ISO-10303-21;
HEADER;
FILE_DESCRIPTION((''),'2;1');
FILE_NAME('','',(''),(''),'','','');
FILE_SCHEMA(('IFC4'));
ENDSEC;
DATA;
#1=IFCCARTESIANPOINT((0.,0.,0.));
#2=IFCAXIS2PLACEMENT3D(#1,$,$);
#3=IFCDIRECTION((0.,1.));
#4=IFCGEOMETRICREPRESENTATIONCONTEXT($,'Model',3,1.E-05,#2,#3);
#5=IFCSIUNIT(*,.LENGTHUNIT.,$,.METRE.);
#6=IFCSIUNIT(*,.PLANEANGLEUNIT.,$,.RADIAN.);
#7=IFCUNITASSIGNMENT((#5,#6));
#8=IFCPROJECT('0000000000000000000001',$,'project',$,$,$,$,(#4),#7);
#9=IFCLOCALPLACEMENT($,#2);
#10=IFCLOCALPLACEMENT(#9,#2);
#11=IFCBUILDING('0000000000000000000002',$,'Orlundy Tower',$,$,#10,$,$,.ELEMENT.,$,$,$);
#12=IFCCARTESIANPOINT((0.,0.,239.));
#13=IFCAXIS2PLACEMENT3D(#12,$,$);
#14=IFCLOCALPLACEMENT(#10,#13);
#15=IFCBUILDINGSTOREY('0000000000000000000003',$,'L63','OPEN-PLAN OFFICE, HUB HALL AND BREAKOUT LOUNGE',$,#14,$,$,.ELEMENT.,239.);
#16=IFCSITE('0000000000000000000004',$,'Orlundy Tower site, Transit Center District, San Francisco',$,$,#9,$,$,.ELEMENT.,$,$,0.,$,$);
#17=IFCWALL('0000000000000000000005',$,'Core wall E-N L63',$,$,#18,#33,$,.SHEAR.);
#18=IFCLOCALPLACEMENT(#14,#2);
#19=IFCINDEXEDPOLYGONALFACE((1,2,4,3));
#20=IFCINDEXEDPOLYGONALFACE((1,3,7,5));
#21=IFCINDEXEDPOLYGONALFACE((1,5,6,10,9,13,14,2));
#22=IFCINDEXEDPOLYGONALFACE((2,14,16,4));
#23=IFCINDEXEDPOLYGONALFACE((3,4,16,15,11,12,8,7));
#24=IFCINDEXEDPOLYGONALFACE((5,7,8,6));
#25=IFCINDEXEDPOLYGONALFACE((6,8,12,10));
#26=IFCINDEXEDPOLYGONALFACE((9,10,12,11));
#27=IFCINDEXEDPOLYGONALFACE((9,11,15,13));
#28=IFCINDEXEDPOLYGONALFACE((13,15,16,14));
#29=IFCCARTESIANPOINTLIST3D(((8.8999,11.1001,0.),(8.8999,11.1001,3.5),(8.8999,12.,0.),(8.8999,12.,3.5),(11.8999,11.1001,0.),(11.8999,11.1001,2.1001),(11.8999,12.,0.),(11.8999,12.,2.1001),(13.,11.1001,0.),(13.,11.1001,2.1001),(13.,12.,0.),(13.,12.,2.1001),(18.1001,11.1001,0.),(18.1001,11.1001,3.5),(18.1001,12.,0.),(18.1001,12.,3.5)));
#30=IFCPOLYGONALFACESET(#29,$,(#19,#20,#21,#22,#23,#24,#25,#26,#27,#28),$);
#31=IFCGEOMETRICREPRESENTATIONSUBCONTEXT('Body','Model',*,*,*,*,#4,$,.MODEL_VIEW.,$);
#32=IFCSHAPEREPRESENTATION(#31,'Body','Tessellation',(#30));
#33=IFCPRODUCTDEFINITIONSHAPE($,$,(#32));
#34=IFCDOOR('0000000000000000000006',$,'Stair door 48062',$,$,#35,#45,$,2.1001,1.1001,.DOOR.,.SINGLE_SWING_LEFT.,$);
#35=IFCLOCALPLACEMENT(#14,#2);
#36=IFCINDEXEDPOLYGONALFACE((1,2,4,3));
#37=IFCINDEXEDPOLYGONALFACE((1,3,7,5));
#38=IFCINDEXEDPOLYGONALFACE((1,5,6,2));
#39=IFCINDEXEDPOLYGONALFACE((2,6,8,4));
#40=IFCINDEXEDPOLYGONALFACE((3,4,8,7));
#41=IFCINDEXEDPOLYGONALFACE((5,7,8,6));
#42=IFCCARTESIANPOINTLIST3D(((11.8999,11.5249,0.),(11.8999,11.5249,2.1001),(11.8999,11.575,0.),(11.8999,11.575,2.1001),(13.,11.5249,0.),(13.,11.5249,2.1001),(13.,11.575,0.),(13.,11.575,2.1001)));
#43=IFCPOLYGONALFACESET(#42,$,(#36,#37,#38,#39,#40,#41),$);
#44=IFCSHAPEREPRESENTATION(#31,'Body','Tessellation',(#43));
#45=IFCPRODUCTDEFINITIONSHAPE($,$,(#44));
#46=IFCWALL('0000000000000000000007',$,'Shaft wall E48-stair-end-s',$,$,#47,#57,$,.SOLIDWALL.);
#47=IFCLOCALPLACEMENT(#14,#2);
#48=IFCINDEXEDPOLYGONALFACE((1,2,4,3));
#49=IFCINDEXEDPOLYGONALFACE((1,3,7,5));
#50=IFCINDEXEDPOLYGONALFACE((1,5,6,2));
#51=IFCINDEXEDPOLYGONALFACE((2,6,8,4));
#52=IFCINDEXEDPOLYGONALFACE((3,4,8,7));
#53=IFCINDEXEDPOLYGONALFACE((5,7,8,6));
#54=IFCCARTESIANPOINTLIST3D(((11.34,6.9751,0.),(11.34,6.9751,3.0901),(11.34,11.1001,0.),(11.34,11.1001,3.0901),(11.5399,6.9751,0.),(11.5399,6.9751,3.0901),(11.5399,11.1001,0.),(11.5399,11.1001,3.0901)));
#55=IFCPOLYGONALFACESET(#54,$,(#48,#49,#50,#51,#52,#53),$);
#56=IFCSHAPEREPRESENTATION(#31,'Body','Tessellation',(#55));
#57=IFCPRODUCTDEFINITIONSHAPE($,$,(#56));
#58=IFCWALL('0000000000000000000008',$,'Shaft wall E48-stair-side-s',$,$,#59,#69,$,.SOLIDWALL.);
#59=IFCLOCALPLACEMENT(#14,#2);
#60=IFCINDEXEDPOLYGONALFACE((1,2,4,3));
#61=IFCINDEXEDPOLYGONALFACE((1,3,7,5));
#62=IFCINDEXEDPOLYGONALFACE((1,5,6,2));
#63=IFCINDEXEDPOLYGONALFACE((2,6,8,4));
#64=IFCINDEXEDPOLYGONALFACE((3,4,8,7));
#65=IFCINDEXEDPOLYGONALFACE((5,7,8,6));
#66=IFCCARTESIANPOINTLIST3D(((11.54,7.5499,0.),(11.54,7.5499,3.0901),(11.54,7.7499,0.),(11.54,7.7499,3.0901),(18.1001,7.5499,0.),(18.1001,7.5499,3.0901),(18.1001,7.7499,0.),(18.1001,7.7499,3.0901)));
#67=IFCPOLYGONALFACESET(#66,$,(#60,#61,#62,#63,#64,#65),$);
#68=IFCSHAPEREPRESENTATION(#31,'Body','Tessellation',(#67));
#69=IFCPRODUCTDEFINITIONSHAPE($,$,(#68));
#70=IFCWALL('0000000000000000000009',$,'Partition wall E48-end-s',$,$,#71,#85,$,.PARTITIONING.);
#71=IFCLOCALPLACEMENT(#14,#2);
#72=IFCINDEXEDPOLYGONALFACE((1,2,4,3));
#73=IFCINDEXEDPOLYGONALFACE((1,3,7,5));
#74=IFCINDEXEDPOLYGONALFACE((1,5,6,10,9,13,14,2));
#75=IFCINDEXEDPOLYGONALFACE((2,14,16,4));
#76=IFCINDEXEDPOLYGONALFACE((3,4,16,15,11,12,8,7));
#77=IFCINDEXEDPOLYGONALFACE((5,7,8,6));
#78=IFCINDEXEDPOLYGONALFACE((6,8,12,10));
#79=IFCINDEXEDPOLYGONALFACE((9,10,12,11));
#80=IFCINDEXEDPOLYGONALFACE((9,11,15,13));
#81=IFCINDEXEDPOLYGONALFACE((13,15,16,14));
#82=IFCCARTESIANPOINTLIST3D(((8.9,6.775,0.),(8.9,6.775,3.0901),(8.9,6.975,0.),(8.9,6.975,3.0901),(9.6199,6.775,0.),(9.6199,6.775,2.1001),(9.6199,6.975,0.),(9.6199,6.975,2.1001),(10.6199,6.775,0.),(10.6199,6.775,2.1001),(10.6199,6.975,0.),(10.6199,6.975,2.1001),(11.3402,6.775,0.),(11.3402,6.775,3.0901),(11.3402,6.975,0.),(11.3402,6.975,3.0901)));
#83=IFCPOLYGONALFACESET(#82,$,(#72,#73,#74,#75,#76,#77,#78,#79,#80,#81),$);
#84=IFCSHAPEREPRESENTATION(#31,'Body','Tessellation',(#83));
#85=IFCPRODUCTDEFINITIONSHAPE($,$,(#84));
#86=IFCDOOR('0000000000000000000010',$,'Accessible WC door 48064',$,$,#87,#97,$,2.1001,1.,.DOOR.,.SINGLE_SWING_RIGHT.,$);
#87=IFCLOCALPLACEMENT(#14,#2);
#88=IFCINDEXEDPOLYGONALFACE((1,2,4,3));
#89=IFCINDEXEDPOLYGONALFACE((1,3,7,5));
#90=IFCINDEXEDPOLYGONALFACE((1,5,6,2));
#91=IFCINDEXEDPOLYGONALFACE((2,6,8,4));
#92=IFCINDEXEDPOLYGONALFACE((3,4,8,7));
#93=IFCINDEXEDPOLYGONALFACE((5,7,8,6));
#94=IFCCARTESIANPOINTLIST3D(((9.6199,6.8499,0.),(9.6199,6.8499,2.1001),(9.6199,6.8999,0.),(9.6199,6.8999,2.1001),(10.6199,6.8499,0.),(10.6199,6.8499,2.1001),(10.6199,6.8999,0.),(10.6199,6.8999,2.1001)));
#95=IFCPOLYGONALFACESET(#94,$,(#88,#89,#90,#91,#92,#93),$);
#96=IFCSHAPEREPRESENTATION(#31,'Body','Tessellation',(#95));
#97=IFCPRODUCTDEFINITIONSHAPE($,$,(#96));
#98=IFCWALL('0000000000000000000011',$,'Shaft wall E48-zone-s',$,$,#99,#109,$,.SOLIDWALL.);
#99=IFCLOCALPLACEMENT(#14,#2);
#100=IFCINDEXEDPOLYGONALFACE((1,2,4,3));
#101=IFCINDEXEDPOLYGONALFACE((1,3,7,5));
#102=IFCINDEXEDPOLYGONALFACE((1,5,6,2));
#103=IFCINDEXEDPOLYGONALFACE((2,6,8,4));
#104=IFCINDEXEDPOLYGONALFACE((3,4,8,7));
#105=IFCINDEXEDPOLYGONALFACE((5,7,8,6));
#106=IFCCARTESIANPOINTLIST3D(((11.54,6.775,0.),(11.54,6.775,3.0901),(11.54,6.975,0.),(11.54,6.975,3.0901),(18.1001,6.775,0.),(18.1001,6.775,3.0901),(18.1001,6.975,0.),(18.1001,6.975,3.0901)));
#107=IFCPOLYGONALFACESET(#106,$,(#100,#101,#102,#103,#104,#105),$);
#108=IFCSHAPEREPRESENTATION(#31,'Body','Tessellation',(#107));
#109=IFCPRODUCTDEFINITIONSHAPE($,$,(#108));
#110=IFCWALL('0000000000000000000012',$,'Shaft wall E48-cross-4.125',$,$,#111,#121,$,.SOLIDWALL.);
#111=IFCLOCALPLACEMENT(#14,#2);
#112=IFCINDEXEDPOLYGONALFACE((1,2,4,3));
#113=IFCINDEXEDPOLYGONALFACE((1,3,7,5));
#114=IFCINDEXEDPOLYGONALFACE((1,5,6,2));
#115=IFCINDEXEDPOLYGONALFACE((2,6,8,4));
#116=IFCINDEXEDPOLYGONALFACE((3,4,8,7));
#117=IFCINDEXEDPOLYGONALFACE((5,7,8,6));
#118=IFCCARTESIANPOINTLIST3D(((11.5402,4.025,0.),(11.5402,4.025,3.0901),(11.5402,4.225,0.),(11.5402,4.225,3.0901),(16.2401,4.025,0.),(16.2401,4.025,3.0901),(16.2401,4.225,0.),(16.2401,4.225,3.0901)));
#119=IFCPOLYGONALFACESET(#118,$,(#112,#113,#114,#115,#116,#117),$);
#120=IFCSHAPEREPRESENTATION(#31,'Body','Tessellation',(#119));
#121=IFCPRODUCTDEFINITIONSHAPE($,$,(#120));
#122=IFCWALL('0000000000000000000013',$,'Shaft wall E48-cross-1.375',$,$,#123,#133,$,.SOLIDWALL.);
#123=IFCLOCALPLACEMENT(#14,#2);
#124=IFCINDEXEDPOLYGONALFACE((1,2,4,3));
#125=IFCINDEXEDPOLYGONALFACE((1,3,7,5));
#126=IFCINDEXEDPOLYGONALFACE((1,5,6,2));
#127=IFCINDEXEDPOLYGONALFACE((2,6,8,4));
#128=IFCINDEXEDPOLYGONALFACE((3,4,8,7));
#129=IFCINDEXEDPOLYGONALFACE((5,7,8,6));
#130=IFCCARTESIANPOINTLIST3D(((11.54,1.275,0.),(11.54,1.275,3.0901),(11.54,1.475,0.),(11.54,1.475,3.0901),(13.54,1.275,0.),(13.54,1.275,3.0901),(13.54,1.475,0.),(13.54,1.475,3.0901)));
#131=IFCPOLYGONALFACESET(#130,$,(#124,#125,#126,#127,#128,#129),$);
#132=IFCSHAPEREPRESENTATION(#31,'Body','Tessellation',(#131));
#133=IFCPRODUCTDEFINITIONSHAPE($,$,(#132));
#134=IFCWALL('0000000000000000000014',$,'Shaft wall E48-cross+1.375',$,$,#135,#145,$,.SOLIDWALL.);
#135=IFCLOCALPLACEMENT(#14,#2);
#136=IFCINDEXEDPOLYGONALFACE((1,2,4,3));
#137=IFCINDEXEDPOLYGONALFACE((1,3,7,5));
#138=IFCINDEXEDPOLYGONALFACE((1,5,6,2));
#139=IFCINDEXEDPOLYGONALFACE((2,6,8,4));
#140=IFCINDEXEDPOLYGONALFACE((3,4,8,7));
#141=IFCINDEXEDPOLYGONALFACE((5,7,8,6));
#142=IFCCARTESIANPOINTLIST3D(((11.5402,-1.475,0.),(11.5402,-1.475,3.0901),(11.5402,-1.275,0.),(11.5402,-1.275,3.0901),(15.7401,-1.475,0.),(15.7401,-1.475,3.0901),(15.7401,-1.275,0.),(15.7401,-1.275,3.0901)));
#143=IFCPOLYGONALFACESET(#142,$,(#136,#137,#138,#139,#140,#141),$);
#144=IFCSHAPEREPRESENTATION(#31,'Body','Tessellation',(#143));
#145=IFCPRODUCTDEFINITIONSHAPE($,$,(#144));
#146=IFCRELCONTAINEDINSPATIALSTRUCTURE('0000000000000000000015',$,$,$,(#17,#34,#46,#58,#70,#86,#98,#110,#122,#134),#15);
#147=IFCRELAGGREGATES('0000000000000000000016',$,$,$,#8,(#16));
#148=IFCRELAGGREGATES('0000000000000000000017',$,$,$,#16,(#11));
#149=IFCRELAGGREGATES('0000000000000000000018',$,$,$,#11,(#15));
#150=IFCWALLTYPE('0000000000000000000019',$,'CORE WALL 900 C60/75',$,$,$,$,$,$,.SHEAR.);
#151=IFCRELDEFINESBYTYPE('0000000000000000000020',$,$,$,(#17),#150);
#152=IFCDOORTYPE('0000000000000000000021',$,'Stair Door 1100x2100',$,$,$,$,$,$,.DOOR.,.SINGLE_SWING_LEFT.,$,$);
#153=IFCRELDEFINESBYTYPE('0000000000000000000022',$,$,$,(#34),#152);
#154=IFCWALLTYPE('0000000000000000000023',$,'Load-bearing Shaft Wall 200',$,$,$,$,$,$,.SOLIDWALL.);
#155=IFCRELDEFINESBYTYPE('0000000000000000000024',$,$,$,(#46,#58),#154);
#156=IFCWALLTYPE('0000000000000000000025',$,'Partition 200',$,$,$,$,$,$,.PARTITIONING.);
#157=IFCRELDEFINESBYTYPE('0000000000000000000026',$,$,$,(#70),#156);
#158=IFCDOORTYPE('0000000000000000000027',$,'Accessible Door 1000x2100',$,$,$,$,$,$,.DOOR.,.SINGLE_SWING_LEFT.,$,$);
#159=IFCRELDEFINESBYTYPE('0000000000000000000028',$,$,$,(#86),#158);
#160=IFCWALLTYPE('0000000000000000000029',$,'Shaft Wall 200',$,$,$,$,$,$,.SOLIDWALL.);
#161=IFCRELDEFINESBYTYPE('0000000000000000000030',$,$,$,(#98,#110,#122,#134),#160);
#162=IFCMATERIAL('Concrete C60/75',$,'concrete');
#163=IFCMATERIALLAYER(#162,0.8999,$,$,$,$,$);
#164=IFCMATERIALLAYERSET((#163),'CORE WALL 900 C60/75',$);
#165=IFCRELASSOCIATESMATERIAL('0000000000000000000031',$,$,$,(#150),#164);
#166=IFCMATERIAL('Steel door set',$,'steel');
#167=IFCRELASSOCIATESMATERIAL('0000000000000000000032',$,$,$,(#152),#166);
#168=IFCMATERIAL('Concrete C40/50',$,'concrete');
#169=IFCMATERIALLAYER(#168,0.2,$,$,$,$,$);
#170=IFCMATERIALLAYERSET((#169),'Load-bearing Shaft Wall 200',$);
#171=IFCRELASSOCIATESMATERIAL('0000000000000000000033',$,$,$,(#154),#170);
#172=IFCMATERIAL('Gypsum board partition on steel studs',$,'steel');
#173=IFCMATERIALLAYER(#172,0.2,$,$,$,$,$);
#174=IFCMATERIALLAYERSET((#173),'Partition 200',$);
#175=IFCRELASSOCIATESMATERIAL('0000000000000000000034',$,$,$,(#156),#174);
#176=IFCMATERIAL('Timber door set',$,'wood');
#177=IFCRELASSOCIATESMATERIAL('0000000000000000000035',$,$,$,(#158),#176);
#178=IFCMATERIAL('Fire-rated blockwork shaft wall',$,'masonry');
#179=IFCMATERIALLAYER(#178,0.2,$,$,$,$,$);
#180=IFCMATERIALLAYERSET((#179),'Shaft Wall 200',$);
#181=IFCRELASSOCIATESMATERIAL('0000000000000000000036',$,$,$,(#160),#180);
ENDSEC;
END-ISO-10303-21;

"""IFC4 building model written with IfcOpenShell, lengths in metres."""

from ifc_helpers import new_model, si_unit, direction, frame, frame_2d, origin, place, context, subcontext, project, spatial, rectangle, extrude, material, layer, layer_set, type_object, element, fill, save


model = new_model("IFC4")

# Units and contexts
model_context = context("Model", 3, precision=1e-05, world=origin(), true_north=direction((0.0, 1.0)))
body_context = subcontext(model_context, "Body", "Model", "MODEL_VIEW")
ifc_project = project(units=[si_unit("LENGTHUNIT", "METRE"), si_unit("PLANEANGLEUNIT", "RADIAN")], contexts=[model_context])

# Site, building, storey
site_placement = place(None, origin())
site = spatial("IfcSite", under=ifc_project, at=site_placement, Name="Orlundy Tower site, Transit Center District, San Francisco", CompositionType="ELEMENT", RefElevation=0.0)
building_placement = place(site_placement, origin())
building = spatial("IfcBuilding", under=site, at=building_placement, Name="Orlundy Tower", CompositionType="ELEMENT")
storey_placement = place(building_placement, frame((0.0, 0.0, 239.0)))
storey = spatial("IfcBuildingStorey", under=building, at=storey_placement, Name="L63", Description="OPEN-PLAN OFFICE, HUB HALL AND BREAKOUT LOUNGE", CompositionType="ELEMENT", Elevation=239.0)

# Wall, opening, door
ifc_material_1 = material(Name="Concrete C60/75", Category="concrete")
ifc_layer_1 = layer(ifc_material_1, 0.8999)
ifc_layer_set_1 = layer_set([ifc_layer_1], Name="CORE WALL 900 C60/75")
wall_type_1 = type_object("IfcWallType", Name="CORE WALL 900 C60/75", PredefinedType="SHEAR", material=ifc_layer_set_1)
wall_1_placement = place(storey_placement, frame((8.8999, 11.55, 0.0), z_axis=(0.0, 0.0, 1.0), x_axis=(1.0, 0.0, 0.0)))
wall_1 = element("IfcWall", 1, at=wall_1_placement, inside=storey, type_object=wall_type_1, Name="Core wall E-N L63", PredefinedType="SHEAR", context=body_context, shape_type="SweptSolid", body=[
    extrude(rectangle(XDim=9.2002, YDim=0.8999, at=frame_2d((4.6001, 0.0))), origin(), (0.0, 0.0, 1.0), 3.5),
])
opening_1_placement = place(wall_1_placement, frame((3.0, 0.0, 0.0)))
opening_1 = element("IfcOpeningElement", 2, at=opening_1_placement, cuts=wall_1, PredefinedType="OPENING", context=body_context, shape_type="SweptSolid", body=[
    extrude(rectangle(XDim=1.1001, YDim=2.1001, at=frame_2d((0.55, 1.05))), frame((0.0, 0.46, 0.0), z_axis=(0.0, -1.0, 0.0), x_axis=(1.0, 0.0, 0.0)), (0.0, 0.0, 1.0), 0.9199),
])
ifc_material_2 = material(Name="Steel door set", Category="steel")
door_type_1 = type_object("IfcDoorType", Name="Stair Door 1100x2100", OperationType="SINGLE_SWING_LEFT", PredefinedType="DOOR", material=ifc_material_2)
door_1_placement = place(opening_1_placement, origin())
door_1 = element("IfcDoor", 3, at=door_1_placement, inside=storey, type_object=door_type_1, Name="Stair door 48062", OperationType="SINGLE_SWING_LEFT", OverallHeight=2.1001, OverallWidth=1.1001, PredefinedType="DOOR", context=body_context, shape_type="SweptSolid", body=[
    extrude(rectangle(XDim=1.1001, YDim=2.1001, at=frame_2d((0.55, 1.05))), frame((0.0, 0.0249, 0.0), z_axis=(0.0, -1.0, 0.0), x_axis=(1.0, 0.0, 0.0)), (0.0, 0.0, 1.0), 0.05),
])
fill(opening_1, door_1)

# Walls
ifc_material_3 = material(Name="Concrete C40/50", Category="concrete")
ifc_layer_2 = layer(ifc_material_3, 0.2)
ifc_layer_set_2 = layer_set([ifc_layer_2], Name="Load-bearing Shaft Wall 200")
wall_type_2 = type_object("IfcWallType", Name="Load-bearing Shaft Wall 200", PredefinedType="SOLIDWALL", material=ifc_layer_set_2)
wall_2_placement = place(storey_placement, frame((11.4399, 11.1001, 0.0), z_axis=(0.0, 0.0, 1.0), x_axis=(0.0, -1.0, 0.0)))
element("IfcWall", 4, at=wall_2_placement, inside=storey, type_object=wall_type_2, Name="Shaft wall E48-stair-end-s", PredefinedType="SOLIDWALL", context=body_context, shape_type="SweptSolid", body=[
    extrude(rectangle(XDim=4.125, YDim=0.2, at=frame_2d((2.0625, 0.0))), origin(), (0.0, 0.0, 1.0), 3.0901),
])
wall_3_placement = place(storey_placement, frame((11.54, 7.6499, 0.0), z_axis=(0.0, 0.0, 1.0), x_axis=(1.0, 0.0, 0.0)))
element("IfcWall", 5, at=wall_3_placement, inside=storey, type_object=wall_type_2, Name="Shaft wall E48-stair-side-s", PredefinedType="SOLIDWALL", context=body_context, shape_type="SweptSolid", body=[
    extrude(rectangle(XDim=6.5601, YDim=0.2, at=frame_2d((3.28, 0.0))), origin(), (0.0, 0.0, 1.0), 3.0901),
])

# Wall, opening, door
ifc_material_4 = material(Name="Gypsum board partition on steel studs", Category="steel")
ifc_layer_3 = layer(ifc_material_4, 0.2)
ifc_layer_set_3 = layer_set([ifc_layer_3], Name="Partition 200")
wall_type_3 = type_object("IfcWallType", Name="Partition 200", PredefinedType="PARTITIONING", material=ifc_layer_set_3)
wall_4_placement = place(storey_placement, frame((8.8999, 6.875, 0.0), z_axis=(0.0, 0.0, 1.0), x_axis=(1.0, 0.0, 0.0)))
wall_4 = element("IfcWall", 6, at=wall_4_placement, inside=storey, type_object=wall_type_3, Name="Partition wall E48-end-s", PredefinedType="PARTITIONING", context=body_context, shape_type="SweptSolid", body=[
    extrude(rectangle(XDim=2.4402, YDim=0.2, at=frame_2d((1.2202, 0.0))), origin(), (0.0, 0.0, 1.0), 3.0901),
])
opening_2_placement = place(wall_4_placement, frame((0.72, 0.0, 0.0)))
opening_2 = element("IfcOpeningElement", 7, at=opening_2_placement, cuts=wall_4, PredefinedType="OPENING", context=body_context, shape_type="SweptSolid", body=[
    extrude(rectangle(XDim=1.0, YDim=2.1001, at=frame_2d((0.5, 1.05))), frame((0.0, 0.1101, 0.0), z_axis=(0.0, -1.0, 0.0), x_axis=(1.0, 0.0, 0.0)), (0.0, 0.0, 1.0), 0.2202),
])
ifc_material_5 = material(Name="Timber door set", Category="wood")
door_type_2 = type_object("IfcDoorType", Name="Accessible Door 1000x2100", OperationType="SINGLE_SWING_LEFT", PredefinedType="DOOR", material=ifc_material_5)
door_2_placement = place(opening_2_placement, origin())
door_2 = element("IfcDoor", 8, at=door_2_placement, inside=storey, type_object=door_type_2, Name="Accessible WC door 48064", OperationType="SINGLE_SWING_RIGHT", OverallHeight=2.1001, OverallWidth=1.0, PredefinedType="DOOR", context=body_context, shape_type="SweptSolid", body=[
    extrude(rectangle(XDim=1.0, YDim=2.1001, at=frame_2d((0.5, 1.05))), frame((0.0, 0.0249, 0.0), z_axis=(0.0, -1.0, 0.0), x_axis=(1.0, 0.0, 0.0)), (0.0, 0.0, 1.0), 0.05),
])
fill(opening_2, door_2)

# Walls
ifc_material_6 = material(Name="Fire-rated blockwork shaft wall", Category="masonry")
ifc_layer_4 = layer(ifc_material_6, 0.2)
ifc_layer_set_4 = layer_set([ifc_layer_4], Name="Shaft Wall 200")
wall_type_4 = type_object("IfcWallType", Name="Shaft Wall 200", PredefinedType="SOLIDWALL", material=ifc_layer_set_4)
wall_5_placement = place(storey_placement, frame((11.54, 6.875, 0.0), z_axis=(0.0, 0.0, 1.0), x_axis=(1.0, 0.0, 0.0)))
element("IfcWall", 9, at=wall_5_placement, inside=storey, type_object=wall_type_4, Name="Shaft wall E48-zone-s", PredefinedType="SOLIDWALL", context=body_context, shape_type="SweptSolid", body=[
    extrude(rectangle(XDim=6.5601, YDim=0.2, at=frame_2d((3.28, 0.0))), origin(), (0.0, 0.0, 1.0), 3.0901),
])
wall_6_placement = place(storey_placement, frame((11.54, 4.125, 0.0), z_axis=(0.0, 0.0, 1.0), x_axis=(1.0, 0.0, 0.0)))
element("IfcWall", 10, at=wall_6_placement, inside=storey, type_object=wall_type_4, Name="Shaft wall E48-cross-4.125", PredefinedType="SOLIDWALL", context=body_context, shape_type="SweptSolid", body=[
    extrude(rectangle(XDim=4.7, YDim=0.2, at=frame_2d((2.3501, 0.0))), origin(), (0.0, 0.0, 1.0), 3.0901),
])
wall_7_placement = place(storey_placement, frame((11.54, 1.375, 0.0), z_axis=(0.0, 0.0, 1.0), x_axis=(1.0, 0.0, 0.0)))
element("IfcWall", 11, at=wall_7_placement, inside=storey, type_object=wall_type_4, Name="Shaft wall E48-cross-1.375", PredefinedType="SOLIDWALL", context=body_context, shape_type="SweptSolid", body=[
    extrude(rectangle(XDim=2.0, YDim=0.2, at=frame_2d((1.0, 0.0))), origin(), (0.0, 0.0, 1.0), 3.0901),
])
wall_8_placement = place(storey_placement, frame((11.54, -1.375, 0.0), z_axis=(0.0, 0.0, 1.0), x_axis=(1.0, 0.0, 0.0)))
element("IfcWall", 12, at=wall_8_placement, inside=storey, type_object=wall_type_4, Name="Shaft wall E48-cross+1.375", PredefinedType="SOLIDWALL", context=body_context, shape_type="SweptSolid", body=[
    extrude(rectangle(XDim=4.2, YDim=0.2, at=frame_2d((2.1001, 0.0))), origin(), (0.0, 0.0, 1.0), 3.0901),
])

save(model, "model.ifc")
